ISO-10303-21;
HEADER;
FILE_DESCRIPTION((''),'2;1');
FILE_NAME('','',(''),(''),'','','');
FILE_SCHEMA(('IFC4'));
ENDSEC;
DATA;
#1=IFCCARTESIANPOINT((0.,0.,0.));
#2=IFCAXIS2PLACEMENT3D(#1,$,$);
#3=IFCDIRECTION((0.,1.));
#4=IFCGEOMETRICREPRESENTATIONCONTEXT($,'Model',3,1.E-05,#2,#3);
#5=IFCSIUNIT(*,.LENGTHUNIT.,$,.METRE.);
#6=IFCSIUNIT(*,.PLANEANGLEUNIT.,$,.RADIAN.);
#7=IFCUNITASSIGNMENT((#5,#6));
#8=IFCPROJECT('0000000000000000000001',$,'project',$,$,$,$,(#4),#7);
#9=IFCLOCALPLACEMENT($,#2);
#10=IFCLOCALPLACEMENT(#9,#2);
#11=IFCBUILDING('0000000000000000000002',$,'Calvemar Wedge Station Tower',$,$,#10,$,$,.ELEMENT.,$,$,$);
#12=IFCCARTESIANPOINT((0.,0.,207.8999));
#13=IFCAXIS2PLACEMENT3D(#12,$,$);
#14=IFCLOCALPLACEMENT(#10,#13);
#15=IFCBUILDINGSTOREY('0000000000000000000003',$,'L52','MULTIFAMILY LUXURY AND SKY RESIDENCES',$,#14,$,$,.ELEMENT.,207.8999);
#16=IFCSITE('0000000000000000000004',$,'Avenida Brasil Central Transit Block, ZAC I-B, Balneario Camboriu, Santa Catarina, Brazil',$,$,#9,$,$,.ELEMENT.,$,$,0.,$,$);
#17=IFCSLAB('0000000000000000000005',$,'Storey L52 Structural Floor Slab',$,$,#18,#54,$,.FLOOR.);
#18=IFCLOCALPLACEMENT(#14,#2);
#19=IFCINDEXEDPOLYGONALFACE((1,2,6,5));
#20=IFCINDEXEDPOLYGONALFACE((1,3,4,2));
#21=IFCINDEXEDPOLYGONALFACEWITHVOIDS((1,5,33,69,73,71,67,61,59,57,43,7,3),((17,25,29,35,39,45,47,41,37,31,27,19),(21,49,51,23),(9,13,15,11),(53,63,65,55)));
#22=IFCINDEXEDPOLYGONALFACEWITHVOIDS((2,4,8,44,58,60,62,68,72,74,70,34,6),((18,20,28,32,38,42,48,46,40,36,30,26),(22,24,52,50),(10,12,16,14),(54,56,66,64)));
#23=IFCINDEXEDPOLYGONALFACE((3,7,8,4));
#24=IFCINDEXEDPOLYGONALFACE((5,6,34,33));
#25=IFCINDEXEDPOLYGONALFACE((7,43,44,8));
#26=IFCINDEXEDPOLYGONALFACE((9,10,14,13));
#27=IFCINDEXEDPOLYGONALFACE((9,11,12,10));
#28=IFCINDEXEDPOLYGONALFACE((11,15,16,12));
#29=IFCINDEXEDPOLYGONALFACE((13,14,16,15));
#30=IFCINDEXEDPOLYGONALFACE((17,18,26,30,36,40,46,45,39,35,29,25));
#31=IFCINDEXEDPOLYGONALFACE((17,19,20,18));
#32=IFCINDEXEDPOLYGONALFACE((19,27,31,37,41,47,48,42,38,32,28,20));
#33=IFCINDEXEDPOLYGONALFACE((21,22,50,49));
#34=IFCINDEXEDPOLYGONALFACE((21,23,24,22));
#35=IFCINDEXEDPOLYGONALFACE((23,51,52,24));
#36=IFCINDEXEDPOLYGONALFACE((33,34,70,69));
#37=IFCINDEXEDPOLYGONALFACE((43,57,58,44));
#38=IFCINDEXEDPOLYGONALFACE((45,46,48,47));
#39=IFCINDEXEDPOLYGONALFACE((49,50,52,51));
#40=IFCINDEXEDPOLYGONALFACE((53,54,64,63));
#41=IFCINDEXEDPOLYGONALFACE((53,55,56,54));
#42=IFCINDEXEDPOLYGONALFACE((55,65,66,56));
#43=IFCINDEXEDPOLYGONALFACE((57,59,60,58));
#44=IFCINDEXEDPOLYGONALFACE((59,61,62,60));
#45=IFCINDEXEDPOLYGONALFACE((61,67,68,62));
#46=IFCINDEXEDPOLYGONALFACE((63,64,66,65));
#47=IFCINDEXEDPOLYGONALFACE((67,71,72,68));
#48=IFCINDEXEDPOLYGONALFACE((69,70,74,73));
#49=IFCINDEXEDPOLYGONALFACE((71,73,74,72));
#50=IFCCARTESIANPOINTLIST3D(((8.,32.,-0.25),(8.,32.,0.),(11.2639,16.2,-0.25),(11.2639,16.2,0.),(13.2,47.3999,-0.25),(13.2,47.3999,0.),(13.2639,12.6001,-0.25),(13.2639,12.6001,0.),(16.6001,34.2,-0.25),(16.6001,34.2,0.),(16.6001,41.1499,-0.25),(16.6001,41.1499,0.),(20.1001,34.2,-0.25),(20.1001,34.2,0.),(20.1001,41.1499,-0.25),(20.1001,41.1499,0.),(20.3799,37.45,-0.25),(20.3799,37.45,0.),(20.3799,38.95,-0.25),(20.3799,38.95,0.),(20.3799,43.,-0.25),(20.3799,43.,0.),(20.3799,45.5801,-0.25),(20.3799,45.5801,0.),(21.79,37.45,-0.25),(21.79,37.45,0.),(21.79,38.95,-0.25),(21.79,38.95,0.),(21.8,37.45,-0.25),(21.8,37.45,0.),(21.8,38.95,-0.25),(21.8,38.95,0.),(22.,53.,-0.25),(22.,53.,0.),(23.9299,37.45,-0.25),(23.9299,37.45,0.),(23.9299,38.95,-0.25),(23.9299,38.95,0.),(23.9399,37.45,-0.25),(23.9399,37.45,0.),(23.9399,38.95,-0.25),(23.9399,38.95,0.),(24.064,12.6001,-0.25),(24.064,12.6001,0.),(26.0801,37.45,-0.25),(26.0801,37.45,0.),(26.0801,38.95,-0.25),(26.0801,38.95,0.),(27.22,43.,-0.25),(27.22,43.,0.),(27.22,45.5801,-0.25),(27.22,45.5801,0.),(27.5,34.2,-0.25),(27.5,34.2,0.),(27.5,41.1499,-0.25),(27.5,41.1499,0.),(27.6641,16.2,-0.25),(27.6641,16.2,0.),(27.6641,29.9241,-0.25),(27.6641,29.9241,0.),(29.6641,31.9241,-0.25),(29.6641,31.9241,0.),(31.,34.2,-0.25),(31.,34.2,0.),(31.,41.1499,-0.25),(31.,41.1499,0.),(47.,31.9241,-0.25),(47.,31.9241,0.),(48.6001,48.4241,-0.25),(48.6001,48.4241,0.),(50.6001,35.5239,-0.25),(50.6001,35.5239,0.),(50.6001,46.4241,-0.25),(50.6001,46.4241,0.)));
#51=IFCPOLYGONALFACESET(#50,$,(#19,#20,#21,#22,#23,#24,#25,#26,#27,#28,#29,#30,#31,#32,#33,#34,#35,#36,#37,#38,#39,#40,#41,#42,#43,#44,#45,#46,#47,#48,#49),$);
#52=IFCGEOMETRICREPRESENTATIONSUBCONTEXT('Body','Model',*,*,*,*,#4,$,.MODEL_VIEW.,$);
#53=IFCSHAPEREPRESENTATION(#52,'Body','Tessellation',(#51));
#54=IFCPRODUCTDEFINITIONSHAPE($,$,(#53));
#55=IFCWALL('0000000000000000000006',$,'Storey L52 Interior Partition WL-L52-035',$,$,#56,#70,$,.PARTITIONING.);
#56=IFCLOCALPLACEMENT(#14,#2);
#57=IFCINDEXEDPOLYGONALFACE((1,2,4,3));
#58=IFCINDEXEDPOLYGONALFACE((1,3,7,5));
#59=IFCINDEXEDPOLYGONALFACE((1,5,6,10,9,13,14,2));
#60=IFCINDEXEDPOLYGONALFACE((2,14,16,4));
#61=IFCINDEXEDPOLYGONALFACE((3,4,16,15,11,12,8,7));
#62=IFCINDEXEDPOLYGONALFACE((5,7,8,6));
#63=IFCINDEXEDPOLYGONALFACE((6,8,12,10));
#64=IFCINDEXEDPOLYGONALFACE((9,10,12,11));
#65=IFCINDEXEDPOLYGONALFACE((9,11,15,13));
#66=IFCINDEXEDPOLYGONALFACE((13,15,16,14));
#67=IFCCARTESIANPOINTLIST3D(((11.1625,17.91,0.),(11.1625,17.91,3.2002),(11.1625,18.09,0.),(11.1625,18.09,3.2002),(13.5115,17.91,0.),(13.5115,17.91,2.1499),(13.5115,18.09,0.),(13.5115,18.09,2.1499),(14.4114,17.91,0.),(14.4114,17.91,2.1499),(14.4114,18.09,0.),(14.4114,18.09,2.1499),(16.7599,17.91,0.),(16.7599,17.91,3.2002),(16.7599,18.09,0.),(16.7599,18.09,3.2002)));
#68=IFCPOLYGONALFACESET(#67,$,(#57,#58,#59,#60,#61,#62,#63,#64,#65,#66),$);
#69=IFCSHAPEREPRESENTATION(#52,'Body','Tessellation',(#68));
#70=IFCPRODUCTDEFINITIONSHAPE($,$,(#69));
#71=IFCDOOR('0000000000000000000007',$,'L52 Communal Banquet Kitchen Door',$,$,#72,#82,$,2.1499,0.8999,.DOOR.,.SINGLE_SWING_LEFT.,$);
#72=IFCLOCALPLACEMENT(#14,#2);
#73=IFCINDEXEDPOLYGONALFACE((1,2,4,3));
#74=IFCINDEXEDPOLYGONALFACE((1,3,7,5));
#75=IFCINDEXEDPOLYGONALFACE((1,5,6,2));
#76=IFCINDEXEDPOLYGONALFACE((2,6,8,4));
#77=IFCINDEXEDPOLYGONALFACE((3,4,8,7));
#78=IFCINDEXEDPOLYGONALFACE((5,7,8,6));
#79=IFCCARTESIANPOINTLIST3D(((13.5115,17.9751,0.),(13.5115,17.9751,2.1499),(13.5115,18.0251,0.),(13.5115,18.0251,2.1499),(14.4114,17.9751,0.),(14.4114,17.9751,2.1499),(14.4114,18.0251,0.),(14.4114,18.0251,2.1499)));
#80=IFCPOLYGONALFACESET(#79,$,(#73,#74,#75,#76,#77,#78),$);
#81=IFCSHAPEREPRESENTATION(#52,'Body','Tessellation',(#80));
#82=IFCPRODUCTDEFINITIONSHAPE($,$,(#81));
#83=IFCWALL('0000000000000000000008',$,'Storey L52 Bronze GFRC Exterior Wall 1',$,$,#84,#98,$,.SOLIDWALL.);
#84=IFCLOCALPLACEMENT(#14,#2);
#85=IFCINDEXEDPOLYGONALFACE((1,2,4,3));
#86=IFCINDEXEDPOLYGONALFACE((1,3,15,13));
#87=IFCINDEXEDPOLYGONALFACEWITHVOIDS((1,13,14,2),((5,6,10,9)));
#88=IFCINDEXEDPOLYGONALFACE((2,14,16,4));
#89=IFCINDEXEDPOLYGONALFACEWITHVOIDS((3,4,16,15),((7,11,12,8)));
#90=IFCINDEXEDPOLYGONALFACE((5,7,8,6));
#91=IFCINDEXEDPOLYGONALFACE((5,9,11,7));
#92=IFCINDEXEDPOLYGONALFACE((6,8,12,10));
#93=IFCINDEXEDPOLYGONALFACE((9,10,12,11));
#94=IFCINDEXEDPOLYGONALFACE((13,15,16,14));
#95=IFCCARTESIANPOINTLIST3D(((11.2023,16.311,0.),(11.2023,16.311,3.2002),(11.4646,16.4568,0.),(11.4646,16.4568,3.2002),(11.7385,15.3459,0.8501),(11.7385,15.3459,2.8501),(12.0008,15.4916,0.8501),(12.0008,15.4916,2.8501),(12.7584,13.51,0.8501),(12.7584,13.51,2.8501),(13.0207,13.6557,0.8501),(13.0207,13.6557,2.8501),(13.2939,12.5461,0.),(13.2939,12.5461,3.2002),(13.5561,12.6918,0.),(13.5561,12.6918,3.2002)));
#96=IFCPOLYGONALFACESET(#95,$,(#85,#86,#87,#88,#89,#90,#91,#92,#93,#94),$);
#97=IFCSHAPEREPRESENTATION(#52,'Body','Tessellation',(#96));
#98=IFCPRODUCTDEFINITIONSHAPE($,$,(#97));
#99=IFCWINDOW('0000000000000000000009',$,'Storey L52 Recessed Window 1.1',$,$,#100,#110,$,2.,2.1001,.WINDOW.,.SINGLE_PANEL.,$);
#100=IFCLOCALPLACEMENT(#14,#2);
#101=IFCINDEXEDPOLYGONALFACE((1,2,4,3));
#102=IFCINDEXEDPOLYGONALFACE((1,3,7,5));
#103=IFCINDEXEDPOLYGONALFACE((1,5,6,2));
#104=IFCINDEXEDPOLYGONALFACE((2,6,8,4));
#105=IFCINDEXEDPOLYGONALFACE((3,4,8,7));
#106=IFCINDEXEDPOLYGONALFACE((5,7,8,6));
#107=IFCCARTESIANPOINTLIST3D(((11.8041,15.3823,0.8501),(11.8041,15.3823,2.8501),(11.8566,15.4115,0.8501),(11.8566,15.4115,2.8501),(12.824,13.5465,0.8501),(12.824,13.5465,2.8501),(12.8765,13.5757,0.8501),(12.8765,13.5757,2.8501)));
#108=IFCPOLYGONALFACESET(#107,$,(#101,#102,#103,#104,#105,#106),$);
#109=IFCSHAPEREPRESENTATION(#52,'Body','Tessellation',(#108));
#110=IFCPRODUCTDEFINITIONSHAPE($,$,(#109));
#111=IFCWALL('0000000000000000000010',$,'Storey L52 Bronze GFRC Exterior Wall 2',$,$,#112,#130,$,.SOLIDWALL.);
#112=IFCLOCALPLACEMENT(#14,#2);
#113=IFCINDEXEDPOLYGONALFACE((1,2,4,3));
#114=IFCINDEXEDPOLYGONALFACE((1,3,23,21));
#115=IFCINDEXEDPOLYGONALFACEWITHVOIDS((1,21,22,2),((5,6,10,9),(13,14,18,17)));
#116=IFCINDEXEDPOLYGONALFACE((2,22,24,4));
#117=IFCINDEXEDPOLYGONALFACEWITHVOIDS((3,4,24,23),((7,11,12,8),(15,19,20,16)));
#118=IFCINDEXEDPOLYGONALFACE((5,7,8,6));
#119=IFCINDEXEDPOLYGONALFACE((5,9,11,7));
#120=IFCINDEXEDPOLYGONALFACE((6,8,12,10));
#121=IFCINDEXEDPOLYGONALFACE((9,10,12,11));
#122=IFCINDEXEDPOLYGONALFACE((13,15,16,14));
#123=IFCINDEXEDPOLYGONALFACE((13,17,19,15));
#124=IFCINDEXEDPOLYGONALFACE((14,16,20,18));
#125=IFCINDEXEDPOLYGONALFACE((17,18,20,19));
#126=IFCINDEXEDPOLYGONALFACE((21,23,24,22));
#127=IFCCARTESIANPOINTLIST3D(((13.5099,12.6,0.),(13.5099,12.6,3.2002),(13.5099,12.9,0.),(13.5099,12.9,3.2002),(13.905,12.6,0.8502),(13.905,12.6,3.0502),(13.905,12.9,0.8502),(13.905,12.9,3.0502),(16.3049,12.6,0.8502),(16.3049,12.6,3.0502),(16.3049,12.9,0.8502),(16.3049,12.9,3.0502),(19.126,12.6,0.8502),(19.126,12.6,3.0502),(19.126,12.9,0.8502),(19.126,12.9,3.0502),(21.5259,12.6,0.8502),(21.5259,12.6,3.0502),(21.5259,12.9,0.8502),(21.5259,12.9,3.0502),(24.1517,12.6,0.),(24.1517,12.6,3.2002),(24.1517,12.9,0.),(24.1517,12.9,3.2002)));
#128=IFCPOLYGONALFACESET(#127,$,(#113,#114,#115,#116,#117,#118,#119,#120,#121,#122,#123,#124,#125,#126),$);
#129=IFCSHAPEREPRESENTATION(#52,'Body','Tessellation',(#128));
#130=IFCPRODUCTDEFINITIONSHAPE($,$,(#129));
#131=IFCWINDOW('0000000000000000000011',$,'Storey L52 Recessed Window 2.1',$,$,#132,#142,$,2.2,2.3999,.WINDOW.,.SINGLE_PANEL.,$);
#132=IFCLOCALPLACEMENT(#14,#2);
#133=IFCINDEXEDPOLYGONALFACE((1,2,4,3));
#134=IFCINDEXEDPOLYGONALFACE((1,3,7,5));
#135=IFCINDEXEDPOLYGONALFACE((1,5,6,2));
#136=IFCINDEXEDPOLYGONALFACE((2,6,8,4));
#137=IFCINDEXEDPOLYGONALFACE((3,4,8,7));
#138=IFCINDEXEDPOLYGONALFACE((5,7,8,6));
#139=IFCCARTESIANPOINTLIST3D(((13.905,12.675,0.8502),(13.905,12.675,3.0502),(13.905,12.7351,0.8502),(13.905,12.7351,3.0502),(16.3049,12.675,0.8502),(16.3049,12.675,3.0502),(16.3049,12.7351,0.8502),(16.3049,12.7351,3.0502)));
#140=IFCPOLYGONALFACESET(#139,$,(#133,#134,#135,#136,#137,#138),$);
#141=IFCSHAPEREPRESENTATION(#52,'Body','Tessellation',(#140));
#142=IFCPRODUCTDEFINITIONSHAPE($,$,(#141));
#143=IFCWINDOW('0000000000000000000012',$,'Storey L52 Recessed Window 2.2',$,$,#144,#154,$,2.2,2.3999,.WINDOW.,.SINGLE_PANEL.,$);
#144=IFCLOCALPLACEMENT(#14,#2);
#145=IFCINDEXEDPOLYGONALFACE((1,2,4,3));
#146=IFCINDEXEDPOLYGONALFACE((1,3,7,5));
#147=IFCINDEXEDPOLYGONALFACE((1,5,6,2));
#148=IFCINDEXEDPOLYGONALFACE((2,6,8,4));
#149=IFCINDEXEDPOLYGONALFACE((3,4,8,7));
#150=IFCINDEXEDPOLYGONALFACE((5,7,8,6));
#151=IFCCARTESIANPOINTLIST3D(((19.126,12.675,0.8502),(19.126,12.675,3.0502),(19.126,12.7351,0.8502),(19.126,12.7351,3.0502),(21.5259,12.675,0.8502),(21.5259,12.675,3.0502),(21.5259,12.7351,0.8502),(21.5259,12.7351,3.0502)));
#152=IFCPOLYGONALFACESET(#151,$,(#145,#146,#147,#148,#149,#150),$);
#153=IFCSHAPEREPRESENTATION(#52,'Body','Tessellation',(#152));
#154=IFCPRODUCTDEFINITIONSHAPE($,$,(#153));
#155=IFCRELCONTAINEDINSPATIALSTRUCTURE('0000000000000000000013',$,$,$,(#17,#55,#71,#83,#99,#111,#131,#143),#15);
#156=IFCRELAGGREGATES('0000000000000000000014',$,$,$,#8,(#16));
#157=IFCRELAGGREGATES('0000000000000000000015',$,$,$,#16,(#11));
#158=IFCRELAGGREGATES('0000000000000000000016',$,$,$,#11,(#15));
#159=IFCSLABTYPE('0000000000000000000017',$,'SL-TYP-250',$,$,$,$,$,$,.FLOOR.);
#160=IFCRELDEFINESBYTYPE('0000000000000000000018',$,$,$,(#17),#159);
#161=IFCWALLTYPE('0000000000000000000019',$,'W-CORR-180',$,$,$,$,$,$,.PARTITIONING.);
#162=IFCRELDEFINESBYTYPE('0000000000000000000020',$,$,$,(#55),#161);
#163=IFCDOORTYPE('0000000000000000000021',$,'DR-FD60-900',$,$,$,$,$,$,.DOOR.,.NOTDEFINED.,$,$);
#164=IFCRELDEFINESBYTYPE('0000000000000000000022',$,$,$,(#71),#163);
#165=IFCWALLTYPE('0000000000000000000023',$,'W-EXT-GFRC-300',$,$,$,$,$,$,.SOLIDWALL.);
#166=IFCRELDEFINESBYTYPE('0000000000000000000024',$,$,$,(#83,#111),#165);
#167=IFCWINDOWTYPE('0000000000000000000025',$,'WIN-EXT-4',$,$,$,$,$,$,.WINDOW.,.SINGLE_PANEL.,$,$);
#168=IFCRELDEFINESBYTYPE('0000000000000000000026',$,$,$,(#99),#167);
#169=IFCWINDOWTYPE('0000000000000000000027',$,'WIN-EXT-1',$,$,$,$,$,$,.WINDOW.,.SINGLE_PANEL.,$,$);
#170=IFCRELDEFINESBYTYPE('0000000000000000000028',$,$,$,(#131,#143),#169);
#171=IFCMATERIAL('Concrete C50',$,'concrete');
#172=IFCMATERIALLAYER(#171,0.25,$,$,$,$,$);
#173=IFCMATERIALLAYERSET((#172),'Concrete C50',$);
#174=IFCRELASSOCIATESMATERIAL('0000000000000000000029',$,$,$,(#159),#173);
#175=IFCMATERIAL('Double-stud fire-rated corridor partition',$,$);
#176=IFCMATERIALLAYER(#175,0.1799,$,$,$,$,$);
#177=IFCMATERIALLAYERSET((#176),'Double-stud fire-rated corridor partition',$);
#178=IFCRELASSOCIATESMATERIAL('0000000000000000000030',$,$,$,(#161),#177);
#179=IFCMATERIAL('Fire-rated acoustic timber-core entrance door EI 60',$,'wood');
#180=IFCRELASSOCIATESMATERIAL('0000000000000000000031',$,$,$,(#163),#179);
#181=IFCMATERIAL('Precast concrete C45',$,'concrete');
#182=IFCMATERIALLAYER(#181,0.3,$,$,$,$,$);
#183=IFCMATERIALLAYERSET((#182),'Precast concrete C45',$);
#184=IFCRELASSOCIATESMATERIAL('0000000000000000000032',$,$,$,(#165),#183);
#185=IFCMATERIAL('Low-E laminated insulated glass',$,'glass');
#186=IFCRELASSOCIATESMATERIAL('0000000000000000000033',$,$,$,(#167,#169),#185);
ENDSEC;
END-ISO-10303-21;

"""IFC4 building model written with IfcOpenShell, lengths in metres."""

from ifc_helpers import new_model, si_unit, direction, frame, frame_2d, origin, place, context, subcontext, project, spatial, polyline, rectangle, outline, extrude, source, transform, mapped, material, layer, layer_set, type_object, element, fill, save


model = new_model("IFC4")

# Units and contexts
model_context = context("Model", 3, precision=1e-05, world=origin(), true_north=direction((0.0, 1.0)))
body_context = subcontext(model_context, "Body", "Model", "MODEL_VIEW")
ifc_project = project(units=[si_unit("LENGTHUNIT", "METRE"), si_unit("PLANEANGLEUNIT", "RADIAN")], contexts=[model_context])

# Site, building, storey
site_placement = place(None, origin())
site = spatial("IfcSite", under=ifc_project, at=site_placement, Name="Avenida Brasil Central Transit Block, ZAC I-B, Balneario Camboriu, Santa Catarina, Brazil", CompositionType="ELEMENT", RefElevation=0.0)
building_placement = place(site_placement, origin())
building = spatial("IfcBuilding", under=site, at=building_placement, Name="Calvemar Wedge Station Tower", CompositionType="ELEMENT")
storey_placement = place(building_placement, frame((0.0, 0.0, 207.8999)))
storey = spatial("IfcBuildingStorey", under=building, at=storey_placement, Name="L52", Description="MULTIFAMILY LUXURY AND SKY RESIDENCES", CompositionType="ELEMENT", Elevation=207.8999)

# Shared definitions
ifc_material_1 = material(Name="Concrete C50", Category="concrete")

# Shared definitions
ifc_material_2 = material(Name="Precast concrete C45", Category="concrete")

# Slab
ifc_layer_1 = layer(ifc_material_1, 0.25)
ifc_layer_set_1 = layer_set([ifc_layer_1], Name="Concrete C50")
slab_type_1 = type_object("IfcSlabType", Name="SL-TYP-250", PredefinedType="FLOOR", material=ifc_layer_set_1)
slab_1_placement = place(storey_placement, frame((0.0, 0.0, -0.25)))
element("IfcSlab", 1, at=slab_1_placement, inside=storey, type_object=slab_type_1, Name="Storey L52 Structural Floor Slab", PredefinedType="FLOOR", context=body_context, shape_type="SweptSolid", body=[
    extrude(outline(polyline([(8.0, 32.0), (11.2639, 16.2), (13.2639, 12.6001), (24.064, 12.6001), (27.6641, 16.2), (27.6641, 29.9241), (29.6641, 31.9241), (47.0, 31.9241), (50.6001, 35.5239), (50.6001, 46.4241), (48.6001, 48.4241), (22.0, 53.0), (13.2, 47.3999), (8.0, 32.0)]), holes=[polyline([(20.1001, 34.2), (20.1001, 41.1499), (16.6001, 41.1499), (16.6001, 34.2), (20.1001, 34.2)]), polyline([(27.5, 34.2), (31.0, 34.2), (31.0, 41.1499), (27.5, 41.1499), (27.5, 34.2)]), polyline([(21.8, 37.45), (23.9299, 37.45), (23.9399, 37.45), (26.0801, 37.45), (26.0801, 38.95), (23.9399, 38.95), (23.9299, 38.95), (21.8, 38.95), (21.79, 38.95), (20.3799, 38.95), (20.3799, 37.45), (21.79, 37.45), (21.8, 37.45)]), polyline([(27.22, 43.0), (27.22, 45.5801), (20.3799, 45.5801), (20.3799, 43.0), (27.22, 43.0)])]), origin(), (0.0, 0.0, 1.0), 0.25),
])

# Wall, opening, door
ifc_material_3 = material(Name="Double-stud fire-rated corridor partition")
ifc_layer_2 = layer(ifc_material_3, 0.1799)
ifc_layer_set_2 = layer_set([ifc_layer_2], Name="Double-stud fire-rated corridor partition")
wall_type_1 = type_object("IfcWallType", Name="W-CORR-180", PredefinedType="PARTITIONING", material=ifc_layer_set_2)
wall_1_placement = place(storey_placement, frame((16.76, 18.0, 0.0), z_axis=(0.0, 0.0, 1.0), x_axis=(-1.0, 0.0, 0.0)))
wall_1 = element("IfcWall", 2, at=wall_1_placement, inside=storey, type_object=wall_type_1, Name="Storey L52 Interior Partition WL-L52-035", PredefinedType="PARTITIONING", context=body_context, shape_type="SweptSolid", body=[
    extrude(rectangle(XDim=5.5974, YDim=0.1799, at=frame_2d((2.7988, 0.0))), origin(), (0.0, 0.0, 1.0), 3.2002),
])
shared_shape_1 = source(origin(), body_context, "Body", "SweptSolid", [
    extrude(rectangle(XDim=0.8999, YDim=2.1499, at=frame_2d((0.45, 1.075))), frame((0.0, 0.1001, 0.0), z_axis=(0.0, -1.0, 0.0), x_axis=(1.0, 0.0, 0.0)), (0.0, 0.0, 1.0), 0.2),
])
opening_1_placement = place(wall_1_placement, frame((2.3486, 0.0, 0.0)))
opening_1 = element("IfcOpeningElement", 3, at=opening_1_placement, cuts=wall_1, PredefinedType="OPENING", context=body_context, shape_type="MappedRepresentation", body=[
    mapped(shared_shape_1, transform((0.0, 0.0, 0.0), scale=1.0)),
])
ifc_material_4 = material(Name="Fire-rated acoustic timber-core entrance door EI 60", Category="wood")
door_type = type_object("IfcDoorType", Name="DR-FD60-900", OperationType="NOTDEFINED", PredefinedType="DOOR", material=ifc_material_4)
shared_shape_2 = source(origin(), body_context, "Body", "SweptSolid", [
    extrude(rectangle(XDim=0.8999, YDim=2.1499, at=frame_2d((0.45, 1.075))), frame((0.0, 0.0249, 0.0), z_axis=(0.0, -1.0, 0.0), x_axis=(1.0, 0.0, 0.0)), (0.0, 0.0, 1.0), 0.05),
])
door_placement = place(opening_1_placement, origin())
door = element("IfcDoor", 4, at=door_placement, inside=storey, type_object=door_type, Name="L52 Communal Banquet Kitchen Door", OperationType="SINGLE_SWING_LEFT", OverallHeight=2.1499, OverallWidth=0.8999, PredefinedType="DOOR", context=body_context, shape_type="MappedRepresentation", body=[
    mapped(shared_shape_2, transform((0.0, 0.0, 0.0), scale=1.0)),
])
fill(opening_1, door)

# Wall, opening, window
ifc_layer_3 = layer(ifc_material_2, 0.3)
ifc_layer_set_3 = layer_set([ifc_layer_3], Name="Precast concrete C45")
wall_type_2 = type_object("IfcWallType", Name="W-EXT-GFRC-300", PredefinedType="SOLIDWALL", material=ifc_layer_set_3)
wall_2_placement = place(storey_placement, frame((11.3335, 16.3838, 0.0), z_axis=(0.0, 0.0, 1.0), x_axis=(0.485633, -0.874163, 0.0)))
wall_2 = element("IfcWall", 5, at=wall_2_placement, inside=storey, type_object=wall_type_2, Name="Storey L52 Bronze GFRC Exterior Wall 1", PredefinedType="SOLIDWALL", context=body_context, shape_type="SweptSolid", body=[
    extrude(rectangle(XDim=4.3069, YDim=0.3, at=frame_2d((2.1533, 0.0))), origin(), (0.0, 0.0, 1.0), 3.2002),
])
shared_shape_3 = source(origin(), body_context, "Body", "SweptSolid", [
    extrude(rectangle(XDim=2.1001, YDim=2.0, at=frame_2d((1.05, 1.0))), frame((0.0, 0.1602, 0.0), z_axis=(0.0, -1.0, 0.0), x_axis=(1.0, 0.0, 0.0)), (0.0, 0.0, 1.0), 0.3201),
])
opening_2_placement = place(wall_2_placement, frame((1.104, 0.0, 0.8501)))
opening_2 = element("IfcOpeningElement", 6, at=opening_2_placement, cuts=wall_2, PredefinedType="OPENING", context=body_context, shape_type="MappedRepresentation", body=[
    mapped(shared_shape_3, transform((0.0, 0.0, 0.0), scale=1.0)),
])
ifc_material_5 = material(Name="Low-E laminated insulated glass", Category="glass")
window_type_1 = type_object("IfcWindowType", Name="WIN-EXT-4", PartitioningType="SINGLE_PANEL", PredefinedType="WINDOW", material=ifc_material_5)
shared_shape_4 = source(origin(), body_context, "Body", "SweptSolid", [
    extrude(rectangle(XDim=2.1001, YDim=2.0, at=frame_2d((1.05, 1.0))), frame((0.0, -0.0149, 0.0), z_axis=(0.0, -1.0, 0.0), x_axis=(1.0, 0.0, 0.0)), (0.0, 0.0, 1.0), 0.0601),
])
window_1_placement = place(opening_2_placement, origin())
window_1 = element("IfcWindow", 7, at=window_1_placement, inside=storey, type_object=window_type_1, Name="Storey L52 Recessed Window 1.1", OverallHeight=2.0, OverallWidth=2.1001, PartitioningType="SINGLE_PANEL", PredefinedType="WINDOW", context=body_context, shape_type="MappedRepresentation", body=[
    mapped(shared_shape_4, transform((0.0, 0.0, 0.0), scale=1.0)),
])
fill(opening_2, window_1)

# Wall, openings, windows
wall_3_placement = place(storey_placement, frame((13.51, 12.75, 0.0), z_axis=(0.0, 0.0, 1.0), x_axis=(1.0, 0.0, 0.0)))
wall_3 = element("IfcWall", 8, at=wall_3_placement, inside=storey, type_object=wall_type_2, Name="Storey L52 Bronze GFRC Exterior Wall 2", PredefinedType="SOLIDWALL", context=body_context, shape_type="SweptSolid", body=[
    extrude(rectangle(XDim=10.6418, YDim=0.3, at=frame_2d((5.3208, 0.0))), origin(), (0.0, 0.0, 1.0), 3.2002),
])
shared_shape_5 = source(origin(), body_context, "Body", "SweptSolid", [
    extrude(rectangle(XDim=2.3999, YDim=2.2, at=frame_2d((1.2, 1.1001))), frame((0.0, 0.1602, 0.0), z_axis=(0.0, -1.0, 0.0), x_axis=(1.0, 0.0, 0.0)), (0.0, 0.0, 1.0), 0.3201),
])
opening_3_placement = place(wall_3_placement, frame((0.395, 0.0, 0.8501)))
opening_3 = element("IfcOpeningElement", 9, at=opening_3_placement, cuts=wall_3, PredefinedType="OPENING", context=body_context, shape_type="MappedRepresentation", body=[
    mapped(shared_shape_5, transform((0.0, 0.0, 0.0), scale=1.0)),
])
opening_4_placement = place(wall_3_placement, frame((5.616, 0.0, 0.8501)))
opening_4 = element("IfcOpeningElement", 10, at=opening_4_placement, cuts=wall_3, PredefinedType="OPENING", context=body_context, shape_type="MappedRepresentation", body=[
    mapped(shared_shape_5, transform((0.0, 0.0, 0.0), scale=1.0)),
])
window_type_2 = type_object("IfcWindowType", Name="WIN-EXT-1", PartitioningType="SINGLE_PANEL", PredefinedType="WINDOW", material=ifc_material_5)
shared_shape_6 = source(origin(), body_context, "Body", "SweptSolid", [
    extrude(rectangle(XDim=2.3999, YDim=2.2, at=frame_2d((1.2, 1.1001))), frame((0.0, -0.0149, 0.0), z_axis=(0.0, -1.0, 0.0), x_axis=(1.0, 0.0, 0.0)), (0.0, 0.0, 1.0), 0.0601),
])
window_2_placement = place(opening_3_placement, origin())
window_2 = element("IfcWindow", 11, at=window_2_placement, inside=storey, type_object=window_type_2, Name="Storey L52 Recessed Window 2.1", OverallHeight=2.2, OverallWidth=2.3999, PartitioningType="SINGLE_PANEL", PredefinedType="WINDOW", context=body_context, shape_type="MappedRepresentation", body=[
    mapped(shared_shape_6, transform((0.0, 0.0, 0.0), scale=1.0)),
])
fill(opening_3, window_2)
window_3_placement = place(opening_4_placement, origin())
window_3 = element("IfcWindow", 12, at=window_3_placement, inside=storey, type_object=window_type_2, Name="Storey L52 Recessed Window 2.2", OverallHeight=2.2, OverallWidth=2.3999, PartitioningType="SINGLE_PANEL", PredefinedType="WINDOW", context=body_context, shape_type="MappedRepresentation", body=[
    mapped(shared_shape_6, transform((0.0, 0.0, 0.0), scale=1.0)),
])
fill(opening_4, window_3)

save(model, "model.ifc")
